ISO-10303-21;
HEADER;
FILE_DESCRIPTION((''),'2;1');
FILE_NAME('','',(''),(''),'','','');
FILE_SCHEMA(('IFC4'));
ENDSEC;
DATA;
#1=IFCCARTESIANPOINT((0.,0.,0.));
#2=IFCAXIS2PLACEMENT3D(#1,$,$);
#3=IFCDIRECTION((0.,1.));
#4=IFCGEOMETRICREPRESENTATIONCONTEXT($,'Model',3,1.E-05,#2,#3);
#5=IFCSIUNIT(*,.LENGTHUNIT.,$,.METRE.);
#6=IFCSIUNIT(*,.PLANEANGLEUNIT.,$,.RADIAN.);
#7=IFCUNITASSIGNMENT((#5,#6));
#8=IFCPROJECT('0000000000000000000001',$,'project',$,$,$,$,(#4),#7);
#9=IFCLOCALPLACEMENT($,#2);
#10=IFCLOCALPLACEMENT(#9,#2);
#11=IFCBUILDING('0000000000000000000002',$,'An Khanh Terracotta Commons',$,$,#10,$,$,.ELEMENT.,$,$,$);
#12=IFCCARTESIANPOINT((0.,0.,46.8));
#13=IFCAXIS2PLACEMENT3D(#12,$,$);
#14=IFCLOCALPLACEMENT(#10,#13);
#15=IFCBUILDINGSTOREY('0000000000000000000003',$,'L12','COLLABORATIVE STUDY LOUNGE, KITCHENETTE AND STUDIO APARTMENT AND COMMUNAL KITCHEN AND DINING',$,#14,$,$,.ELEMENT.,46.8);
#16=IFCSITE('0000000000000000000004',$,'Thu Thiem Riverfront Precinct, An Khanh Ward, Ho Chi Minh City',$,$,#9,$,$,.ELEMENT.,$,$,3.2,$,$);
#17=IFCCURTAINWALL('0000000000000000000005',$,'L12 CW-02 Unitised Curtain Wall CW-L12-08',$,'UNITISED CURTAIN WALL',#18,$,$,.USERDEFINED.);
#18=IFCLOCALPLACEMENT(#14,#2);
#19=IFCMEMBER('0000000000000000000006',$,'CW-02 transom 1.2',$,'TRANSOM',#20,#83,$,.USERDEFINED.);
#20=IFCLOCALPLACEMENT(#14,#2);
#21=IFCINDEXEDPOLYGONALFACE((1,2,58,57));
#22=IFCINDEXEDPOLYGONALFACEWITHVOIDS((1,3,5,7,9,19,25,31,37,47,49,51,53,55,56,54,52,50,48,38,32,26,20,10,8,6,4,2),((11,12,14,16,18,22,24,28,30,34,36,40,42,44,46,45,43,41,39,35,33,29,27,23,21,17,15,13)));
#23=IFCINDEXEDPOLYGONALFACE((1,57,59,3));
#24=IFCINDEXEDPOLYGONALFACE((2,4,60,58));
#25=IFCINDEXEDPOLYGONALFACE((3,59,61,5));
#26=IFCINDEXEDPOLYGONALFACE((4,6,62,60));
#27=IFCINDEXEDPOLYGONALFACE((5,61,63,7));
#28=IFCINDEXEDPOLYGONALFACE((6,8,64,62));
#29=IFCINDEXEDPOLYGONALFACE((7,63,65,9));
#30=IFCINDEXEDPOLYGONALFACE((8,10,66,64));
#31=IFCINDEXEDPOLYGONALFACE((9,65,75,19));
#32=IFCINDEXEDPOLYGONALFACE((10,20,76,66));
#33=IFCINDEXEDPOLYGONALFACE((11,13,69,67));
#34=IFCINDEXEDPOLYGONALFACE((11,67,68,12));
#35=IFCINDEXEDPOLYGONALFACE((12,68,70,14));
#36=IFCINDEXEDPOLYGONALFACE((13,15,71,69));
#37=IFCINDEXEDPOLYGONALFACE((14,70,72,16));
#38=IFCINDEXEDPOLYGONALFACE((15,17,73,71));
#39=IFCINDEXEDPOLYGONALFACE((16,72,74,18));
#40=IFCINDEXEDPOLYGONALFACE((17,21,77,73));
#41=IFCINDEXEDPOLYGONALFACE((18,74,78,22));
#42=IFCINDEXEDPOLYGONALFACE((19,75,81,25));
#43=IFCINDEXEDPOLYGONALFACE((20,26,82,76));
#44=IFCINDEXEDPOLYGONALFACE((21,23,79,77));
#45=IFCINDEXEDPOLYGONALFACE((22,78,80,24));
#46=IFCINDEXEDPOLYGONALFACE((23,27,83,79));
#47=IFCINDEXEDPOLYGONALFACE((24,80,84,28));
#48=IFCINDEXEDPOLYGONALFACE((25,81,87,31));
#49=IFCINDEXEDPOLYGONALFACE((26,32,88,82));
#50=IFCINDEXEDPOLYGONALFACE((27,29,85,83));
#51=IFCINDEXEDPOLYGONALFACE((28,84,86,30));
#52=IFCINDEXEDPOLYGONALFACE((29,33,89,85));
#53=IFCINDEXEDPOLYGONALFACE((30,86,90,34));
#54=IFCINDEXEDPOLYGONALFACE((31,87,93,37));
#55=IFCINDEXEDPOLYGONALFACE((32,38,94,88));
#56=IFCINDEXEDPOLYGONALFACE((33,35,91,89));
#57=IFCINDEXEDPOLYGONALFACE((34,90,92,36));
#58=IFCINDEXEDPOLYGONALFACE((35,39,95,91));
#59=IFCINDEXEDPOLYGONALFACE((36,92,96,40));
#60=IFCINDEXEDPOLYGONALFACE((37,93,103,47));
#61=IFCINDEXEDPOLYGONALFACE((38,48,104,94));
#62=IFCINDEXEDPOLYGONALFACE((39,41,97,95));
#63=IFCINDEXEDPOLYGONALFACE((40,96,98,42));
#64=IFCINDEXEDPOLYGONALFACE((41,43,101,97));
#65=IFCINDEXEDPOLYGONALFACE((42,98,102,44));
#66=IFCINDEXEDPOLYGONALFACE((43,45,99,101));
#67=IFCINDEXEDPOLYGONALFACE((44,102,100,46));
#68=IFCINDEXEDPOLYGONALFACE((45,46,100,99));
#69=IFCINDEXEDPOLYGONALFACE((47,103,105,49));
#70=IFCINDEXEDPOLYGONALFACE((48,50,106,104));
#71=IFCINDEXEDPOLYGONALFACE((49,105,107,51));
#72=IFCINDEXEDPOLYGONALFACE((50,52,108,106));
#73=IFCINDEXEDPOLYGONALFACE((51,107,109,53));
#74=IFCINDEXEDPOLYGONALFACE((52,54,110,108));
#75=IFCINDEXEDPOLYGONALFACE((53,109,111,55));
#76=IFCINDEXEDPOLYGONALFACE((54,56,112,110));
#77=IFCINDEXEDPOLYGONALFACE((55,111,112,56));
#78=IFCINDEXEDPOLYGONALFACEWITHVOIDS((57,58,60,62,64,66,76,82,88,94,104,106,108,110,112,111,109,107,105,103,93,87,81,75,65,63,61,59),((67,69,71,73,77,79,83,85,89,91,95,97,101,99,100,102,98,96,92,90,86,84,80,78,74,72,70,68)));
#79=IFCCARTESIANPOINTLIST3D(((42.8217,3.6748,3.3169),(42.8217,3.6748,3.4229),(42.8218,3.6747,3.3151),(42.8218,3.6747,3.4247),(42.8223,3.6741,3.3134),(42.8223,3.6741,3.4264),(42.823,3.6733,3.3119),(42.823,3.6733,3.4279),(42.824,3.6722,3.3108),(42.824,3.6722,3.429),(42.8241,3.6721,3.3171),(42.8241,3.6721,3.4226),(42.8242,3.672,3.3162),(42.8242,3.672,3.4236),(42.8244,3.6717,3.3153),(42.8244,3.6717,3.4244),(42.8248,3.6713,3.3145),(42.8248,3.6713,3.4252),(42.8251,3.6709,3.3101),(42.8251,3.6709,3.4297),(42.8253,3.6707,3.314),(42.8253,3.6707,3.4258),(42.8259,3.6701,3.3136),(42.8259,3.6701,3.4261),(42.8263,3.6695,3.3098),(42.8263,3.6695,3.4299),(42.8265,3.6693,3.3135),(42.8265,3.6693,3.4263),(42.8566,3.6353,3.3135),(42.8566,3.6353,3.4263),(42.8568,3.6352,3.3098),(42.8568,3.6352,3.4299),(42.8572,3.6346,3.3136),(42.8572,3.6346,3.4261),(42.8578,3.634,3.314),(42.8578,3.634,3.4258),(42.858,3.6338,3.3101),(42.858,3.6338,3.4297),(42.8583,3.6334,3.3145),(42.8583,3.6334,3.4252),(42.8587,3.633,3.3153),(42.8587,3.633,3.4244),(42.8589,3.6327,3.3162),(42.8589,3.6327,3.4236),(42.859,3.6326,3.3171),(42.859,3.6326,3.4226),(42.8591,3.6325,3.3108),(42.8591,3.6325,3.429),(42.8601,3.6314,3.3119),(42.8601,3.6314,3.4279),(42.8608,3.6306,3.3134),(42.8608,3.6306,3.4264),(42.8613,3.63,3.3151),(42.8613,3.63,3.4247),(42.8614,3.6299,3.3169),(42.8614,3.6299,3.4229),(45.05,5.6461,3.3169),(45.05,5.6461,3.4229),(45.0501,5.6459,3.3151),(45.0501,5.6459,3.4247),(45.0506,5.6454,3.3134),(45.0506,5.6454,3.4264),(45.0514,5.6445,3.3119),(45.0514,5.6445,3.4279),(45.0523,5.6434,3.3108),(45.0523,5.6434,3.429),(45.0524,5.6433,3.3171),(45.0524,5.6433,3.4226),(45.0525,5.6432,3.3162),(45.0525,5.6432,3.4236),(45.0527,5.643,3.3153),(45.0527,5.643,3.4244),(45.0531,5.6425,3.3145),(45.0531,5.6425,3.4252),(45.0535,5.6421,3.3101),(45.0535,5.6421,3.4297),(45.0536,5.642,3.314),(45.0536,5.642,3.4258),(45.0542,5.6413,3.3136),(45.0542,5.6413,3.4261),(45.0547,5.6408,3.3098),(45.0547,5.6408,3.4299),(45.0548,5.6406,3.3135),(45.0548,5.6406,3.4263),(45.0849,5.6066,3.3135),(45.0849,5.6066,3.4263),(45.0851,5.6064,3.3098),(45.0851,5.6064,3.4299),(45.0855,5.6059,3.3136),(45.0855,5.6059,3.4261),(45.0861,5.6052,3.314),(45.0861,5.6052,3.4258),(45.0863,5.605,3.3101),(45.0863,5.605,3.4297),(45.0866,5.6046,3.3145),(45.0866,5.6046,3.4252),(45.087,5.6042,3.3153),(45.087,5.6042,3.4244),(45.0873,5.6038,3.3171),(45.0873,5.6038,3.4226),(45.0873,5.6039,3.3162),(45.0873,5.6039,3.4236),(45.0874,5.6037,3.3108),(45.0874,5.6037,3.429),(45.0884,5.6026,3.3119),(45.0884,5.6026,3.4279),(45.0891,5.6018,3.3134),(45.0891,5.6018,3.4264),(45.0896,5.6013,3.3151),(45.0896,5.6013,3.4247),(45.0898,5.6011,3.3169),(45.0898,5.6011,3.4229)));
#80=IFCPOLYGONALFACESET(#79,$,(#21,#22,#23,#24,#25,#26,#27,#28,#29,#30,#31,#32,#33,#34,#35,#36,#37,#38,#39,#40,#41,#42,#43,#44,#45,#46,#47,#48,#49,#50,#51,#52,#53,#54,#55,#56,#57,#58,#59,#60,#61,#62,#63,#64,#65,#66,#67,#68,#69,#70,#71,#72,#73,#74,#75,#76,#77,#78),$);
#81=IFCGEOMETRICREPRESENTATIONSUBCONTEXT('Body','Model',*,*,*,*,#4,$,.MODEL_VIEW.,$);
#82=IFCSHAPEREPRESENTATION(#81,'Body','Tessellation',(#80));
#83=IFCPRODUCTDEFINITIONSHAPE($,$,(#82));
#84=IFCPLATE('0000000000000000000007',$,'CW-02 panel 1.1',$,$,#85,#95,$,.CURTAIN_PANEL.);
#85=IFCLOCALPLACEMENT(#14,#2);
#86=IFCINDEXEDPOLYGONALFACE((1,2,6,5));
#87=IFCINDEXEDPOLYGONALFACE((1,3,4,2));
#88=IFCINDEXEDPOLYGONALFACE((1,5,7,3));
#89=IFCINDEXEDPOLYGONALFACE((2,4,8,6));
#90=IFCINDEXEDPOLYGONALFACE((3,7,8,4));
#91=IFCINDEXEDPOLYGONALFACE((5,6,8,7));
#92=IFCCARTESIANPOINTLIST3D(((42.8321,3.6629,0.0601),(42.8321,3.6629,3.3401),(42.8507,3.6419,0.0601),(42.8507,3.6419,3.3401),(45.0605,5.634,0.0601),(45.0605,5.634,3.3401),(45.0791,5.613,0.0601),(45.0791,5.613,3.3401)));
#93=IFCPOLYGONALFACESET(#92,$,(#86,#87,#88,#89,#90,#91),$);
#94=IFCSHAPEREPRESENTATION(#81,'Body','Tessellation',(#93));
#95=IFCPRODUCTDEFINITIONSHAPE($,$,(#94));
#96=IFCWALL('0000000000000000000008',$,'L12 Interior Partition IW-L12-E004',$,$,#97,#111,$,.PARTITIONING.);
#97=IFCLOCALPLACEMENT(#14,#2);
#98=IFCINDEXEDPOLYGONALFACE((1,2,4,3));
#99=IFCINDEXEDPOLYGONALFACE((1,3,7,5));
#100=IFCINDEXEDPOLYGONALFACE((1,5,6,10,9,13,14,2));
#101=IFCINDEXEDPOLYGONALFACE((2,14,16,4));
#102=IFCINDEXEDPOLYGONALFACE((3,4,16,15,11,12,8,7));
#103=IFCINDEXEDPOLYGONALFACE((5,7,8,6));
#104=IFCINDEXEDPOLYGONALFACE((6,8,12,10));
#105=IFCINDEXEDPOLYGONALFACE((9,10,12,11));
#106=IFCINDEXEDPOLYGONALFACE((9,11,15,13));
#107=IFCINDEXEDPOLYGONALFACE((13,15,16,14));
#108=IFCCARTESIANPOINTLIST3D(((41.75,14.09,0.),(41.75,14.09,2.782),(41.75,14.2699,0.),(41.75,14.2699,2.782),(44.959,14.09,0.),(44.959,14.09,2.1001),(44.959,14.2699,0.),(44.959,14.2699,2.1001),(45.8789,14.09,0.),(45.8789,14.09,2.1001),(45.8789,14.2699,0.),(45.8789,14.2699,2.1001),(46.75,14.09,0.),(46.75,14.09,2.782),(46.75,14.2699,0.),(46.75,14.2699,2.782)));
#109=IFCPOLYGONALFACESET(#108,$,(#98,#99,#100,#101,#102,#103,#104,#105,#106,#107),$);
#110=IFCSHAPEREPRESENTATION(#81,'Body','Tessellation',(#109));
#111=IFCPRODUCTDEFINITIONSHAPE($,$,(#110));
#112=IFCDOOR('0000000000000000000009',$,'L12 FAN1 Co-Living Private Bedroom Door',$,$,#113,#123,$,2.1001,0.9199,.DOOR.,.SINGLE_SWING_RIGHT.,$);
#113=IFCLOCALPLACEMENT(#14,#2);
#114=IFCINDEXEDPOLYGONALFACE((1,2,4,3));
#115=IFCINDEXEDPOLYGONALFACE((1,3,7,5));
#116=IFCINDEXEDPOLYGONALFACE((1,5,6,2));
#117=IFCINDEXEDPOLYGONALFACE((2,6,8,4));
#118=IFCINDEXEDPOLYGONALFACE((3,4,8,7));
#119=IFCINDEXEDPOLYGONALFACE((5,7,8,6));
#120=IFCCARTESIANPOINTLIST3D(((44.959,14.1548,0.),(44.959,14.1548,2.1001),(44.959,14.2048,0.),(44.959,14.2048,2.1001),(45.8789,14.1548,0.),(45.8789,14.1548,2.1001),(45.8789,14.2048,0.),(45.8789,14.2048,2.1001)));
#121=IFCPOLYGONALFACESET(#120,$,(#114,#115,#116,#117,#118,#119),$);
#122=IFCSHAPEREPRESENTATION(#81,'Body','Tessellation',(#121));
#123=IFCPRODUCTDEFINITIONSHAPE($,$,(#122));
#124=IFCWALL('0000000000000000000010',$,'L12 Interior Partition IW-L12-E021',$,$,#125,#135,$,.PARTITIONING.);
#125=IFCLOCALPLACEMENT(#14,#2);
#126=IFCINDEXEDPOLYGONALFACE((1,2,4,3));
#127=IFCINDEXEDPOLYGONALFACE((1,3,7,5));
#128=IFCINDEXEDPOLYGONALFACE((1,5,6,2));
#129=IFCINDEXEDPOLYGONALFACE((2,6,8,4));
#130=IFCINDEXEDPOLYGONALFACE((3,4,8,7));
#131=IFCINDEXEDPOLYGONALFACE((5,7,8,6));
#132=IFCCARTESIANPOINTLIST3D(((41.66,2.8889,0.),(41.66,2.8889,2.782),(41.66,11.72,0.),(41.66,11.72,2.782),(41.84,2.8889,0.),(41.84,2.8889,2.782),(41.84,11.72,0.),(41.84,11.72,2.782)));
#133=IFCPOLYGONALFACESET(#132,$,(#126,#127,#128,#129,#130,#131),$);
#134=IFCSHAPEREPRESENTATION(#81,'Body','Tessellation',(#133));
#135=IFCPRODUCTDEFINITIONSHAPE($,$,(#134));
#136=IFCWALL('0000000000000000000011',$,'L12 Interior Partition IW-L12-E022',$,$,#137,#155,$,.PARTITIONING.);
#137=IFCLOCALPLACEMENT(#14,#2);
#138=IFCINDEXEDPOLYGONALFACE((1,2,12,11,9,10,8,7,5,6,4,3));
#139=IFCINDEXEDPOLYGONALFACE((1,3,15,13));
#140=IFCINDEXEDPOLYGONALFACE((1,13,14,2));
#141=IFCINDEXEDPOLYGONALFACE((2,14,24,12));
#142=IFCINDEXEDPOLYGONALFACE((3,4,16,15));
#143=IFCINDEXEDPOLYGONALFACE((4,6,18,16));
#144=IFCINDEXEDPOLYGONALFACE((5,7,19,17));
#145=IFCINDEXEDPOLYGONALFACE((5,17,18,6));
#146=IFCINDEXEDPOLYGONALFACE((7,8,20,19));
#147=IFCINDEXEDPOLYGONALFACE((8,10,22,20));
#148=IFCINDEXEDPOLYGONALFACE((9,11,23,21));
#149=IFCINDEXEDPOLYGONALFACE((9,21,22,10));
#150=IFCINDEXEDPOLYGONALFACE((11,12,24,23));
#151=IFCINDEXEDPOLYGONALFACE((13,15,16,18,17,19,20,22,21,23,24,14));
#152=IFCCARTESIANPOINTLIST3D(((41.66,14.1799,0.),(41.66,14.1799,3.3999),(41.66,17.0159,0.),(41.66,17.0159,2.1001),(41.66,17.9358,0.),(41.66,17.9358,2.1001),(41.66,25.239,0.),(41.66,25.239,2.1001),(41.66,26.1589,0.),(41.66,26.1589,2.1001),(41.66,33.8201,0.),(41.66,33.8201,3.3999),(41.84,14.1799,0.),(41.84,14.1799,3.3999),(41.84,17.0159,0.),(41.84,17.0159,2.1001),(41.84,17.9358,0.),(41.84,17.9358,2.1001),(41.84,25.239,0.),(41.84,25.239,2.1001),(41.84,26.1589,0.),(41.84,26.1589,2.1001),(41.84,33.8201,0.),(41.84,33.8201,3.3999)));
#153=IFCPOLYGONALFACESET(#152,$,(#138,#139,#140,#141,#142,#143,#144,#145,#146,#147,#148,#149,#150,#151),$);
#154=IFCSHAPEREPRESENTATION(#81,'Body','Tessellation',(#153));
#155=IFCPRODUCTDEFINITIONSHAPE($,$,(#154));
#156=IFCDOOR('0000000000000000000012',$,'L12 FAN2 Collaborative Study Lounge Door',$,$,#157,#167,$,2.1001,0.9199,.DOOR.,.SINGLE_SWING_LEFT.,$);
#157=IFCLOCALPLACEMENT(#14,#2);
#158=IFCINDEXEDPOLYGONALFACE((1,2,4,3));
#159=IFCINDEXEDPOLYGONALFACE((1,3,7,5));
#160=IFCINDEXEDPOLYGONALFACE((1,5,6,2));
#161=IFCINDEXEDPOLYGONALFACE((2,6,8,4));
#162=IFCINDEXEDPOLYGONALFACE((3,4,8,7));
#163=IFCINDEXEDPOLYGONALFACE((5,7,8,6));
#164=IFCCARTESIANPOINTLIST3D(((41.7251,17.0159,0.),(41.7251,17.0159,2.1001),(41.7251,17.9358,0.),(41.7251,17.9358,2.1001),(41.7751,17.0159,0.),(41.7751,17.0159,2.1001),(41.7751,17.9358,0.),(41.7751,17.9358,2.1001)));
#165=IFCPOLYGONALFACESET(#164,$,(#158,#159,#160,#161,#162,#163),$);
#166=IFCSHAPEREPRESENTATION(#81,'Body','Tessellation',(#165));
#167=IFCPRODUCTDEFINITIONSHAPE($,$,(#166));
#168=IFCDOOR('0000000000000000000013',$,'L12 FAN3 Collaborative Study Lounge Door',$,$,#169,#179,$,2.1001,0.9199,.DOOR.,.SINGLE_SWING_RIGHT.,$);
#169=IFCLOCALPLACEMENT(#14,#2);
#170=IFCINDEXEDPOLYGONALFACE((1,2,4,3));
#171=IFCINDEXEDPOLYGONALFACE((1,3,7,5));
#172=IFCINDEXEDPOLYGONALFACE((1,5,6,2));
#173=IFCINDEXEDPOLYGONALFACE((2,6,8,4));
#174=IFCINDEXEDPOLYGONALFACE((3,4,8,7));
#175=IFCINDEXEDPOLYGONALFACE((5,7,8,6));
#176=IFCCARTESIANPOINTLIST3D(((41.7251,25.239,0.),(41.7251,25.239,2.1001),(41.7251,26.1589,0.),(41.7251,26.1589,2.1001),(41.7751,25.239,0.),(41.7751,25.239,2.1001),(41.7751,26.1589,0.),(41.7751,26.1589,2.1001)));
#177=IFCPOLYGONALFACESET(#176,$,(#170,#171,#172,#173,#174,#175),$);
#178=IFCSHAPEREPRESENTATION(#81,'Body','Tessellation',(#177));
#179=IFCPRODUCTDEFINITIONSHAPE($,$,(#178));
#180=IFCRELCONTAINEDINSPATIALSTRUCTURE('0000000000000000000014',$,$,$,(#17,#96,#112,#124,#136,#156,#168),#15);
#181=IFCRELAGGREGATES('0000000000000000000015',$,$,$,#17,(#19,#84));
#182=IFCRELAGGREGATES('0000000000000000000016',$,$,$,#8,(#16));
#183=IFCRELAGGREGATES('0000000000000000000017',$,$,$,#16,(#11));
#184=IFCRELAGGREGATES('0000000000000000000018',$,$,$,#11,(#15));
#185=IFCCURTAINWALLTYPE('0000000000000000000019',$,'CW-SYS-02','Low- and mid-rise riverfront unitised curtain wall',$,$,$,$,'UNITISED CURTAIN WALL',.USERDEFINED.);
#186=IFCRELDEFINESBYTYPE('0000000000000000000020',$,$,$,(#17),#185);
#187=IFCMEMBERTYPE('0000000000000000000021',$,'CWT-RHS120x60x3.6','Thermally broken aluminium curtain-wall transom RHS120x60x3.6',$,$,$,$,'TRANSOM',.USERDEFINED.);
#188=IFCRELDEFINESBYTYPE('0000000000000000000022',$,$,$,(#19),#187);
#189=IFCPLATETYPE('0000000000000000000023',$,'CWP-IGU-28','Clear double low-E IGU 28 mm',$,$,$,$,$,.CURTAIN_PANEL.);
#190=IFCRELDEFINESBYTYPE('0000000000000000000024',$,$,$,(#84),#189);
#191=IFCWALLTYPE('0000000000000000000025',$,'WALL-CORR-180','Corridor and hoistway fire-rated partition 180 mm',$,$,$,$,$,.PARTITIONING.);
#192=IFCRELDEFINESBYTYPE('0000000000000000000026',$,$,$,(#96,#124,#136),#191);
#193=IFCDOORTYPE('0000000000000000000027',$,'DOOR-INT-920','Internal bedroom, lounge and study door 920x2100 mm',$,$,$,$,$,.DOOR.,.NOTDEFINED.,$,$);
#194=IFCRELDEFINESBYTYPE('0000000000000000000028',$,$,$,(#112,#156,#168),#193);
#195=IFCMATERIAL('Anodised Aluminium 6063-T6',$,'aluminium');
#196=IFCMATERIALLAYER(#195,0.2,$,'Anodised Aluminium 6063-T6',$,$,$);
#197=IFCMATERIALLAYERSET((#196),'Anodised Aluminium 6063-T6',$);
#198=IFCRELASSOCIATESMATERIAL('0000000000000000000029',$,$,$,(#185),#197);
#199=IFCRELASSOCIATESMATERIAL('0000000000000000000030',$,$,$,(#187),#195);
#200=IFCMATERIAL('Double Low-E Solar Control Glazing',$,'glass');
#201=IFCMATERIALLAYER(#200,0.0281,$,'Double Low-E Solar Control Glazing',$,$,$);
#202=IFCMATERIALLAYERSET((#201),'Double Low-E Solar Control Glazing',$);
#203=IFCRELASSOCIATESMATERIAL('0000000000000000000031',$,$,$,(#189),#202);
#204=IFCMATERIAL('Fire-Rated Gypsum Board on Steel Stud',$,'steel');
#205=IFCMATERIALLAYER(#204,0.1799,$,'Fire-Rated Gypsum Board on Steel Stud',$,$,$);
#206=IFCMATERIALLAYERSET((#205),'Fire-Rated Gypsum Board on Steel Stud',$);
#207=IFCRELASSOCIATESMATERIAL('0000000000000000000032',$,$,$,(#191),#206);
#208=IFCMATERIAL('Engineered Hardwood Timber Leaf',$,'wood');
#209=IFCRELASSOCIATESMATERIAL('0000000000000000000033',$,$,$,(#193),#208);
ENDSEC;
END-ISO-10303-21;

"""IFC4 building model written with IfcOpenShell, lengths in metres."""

from ifc_helpers import new_model, si_unit, direction, frame, frame_2d, origin, origin_2d, place, context, subcontext, project, spatial, rectangle, hollow_rectangle, extrude, material, layer, layer_set, material_profile, profile_set, type_object, element, fill, aggregate, save


model = new_model("IFC4")

# Units and contexts
model_context = context("Model", 3, precision=1e-05, world=origin(), true_north=direction((0.0, 1.0)))
body_context = subcontext(model_context, "Body", "Model", "MODEL_VIEW")
ifc_project = project(units=[si_unit("LENGTHUNIT", "METRE"), si_unit("PLANEANGLEUNIT", "RADIAN")], contexts=[model_context])

# Site, building, storey
site_placement = place(None, origin())
site = spatial("IfcSite", under=ifc_project, at=site_placement, Name="Thu Thiem Riverfront Precinct, An Khanh Ward, Ho Chi Minh City", CompositionType="ELEMENT", RefElevation=3.2)
building_placement = place(site_placement, origin())
building = spatial("IfcBuilding", under=site, at=building_placement, Name="An Khanh Terracotta Commons", CompositionType="ELEMENT")
storey_placement = place(building_placement, frame((0.0, 0.0, 46.8)))
storey = spatial("IfcBuildingStorey", under=building, at=storey_placement, Name="L12", Description="COLLABORATIVE STUDY LOUNGE, KITCHENETTE AND STUDIO APARTMENT AND COMMUNAL KITCHEN AND DINING", CompositionType="ELEMENT", Elevation=46.8)

# Curtain wall, member, plate
ifc_material_1 = material(Name="Anodised Aluminium 6063-T6", Category="aluminium")
ifc_layer_1 = layer(ifc_material_1, 0.2, Name="Anodised Aluminium 6063-T6")
ifc_layer_set_1 = layer_set([ifc_layer_1], Name="Anodised Aluminium 6063-T6")
curtain_wall_type = type_object("IfcCurtainWallType", Name="CW-SYS-02", Description="Low- and mid-rise riverfront unitised curtain wall", ElementType="UNITISED CURTAIN WALL", PredefinedType="USERDEFINED", material=ifc_layer_set_1)
curtain_wall_placement = place(storey_placement, origin())
curtain_wall = element("IfcCurtainWall", 1, at=curtain_wall_placement, inside=storey, type_object=curtain_wall_type, Name="L12 CW-02 Unitised Curtain Wall CW-L12-08", ObjectType="UNITISED CURTAIN WALL", PredefinedType="USERDEFINED")
ifc_material_profile_1 = material_profile(ifc_material_1, hollow_rectangle(XDim=0.0601, YDim=0.1201, WallThickness=0.0037, InnerFilletRadius=0.0037, OuterFilletRadius=0.0071, at=origin_2d()), Name="RHS120x60x3.6")
ifc_profile_set_1 = profile_set([ifc_material_profile_1], Name="Anodised Aluminium 6063-T6")
member_type_1 = type_object("IfcMemberType", Name="CWT-RHS120x60x3.6", Description="Thermally broken aluminium curtain-wall transom RHS120x60x3.6", ElementType="TRANSOM", PredefinedType="USERDEFINED", material=ifc_profile_set_1)
member_1_placement = place(storey_placement, frame((42.8416, 3.6523, 3.3699), z_axis=(0.748992, 0.662579, 0.0), x_axis=(-0.662579, 0.748992, 0.0)))
member_1 = element("IfcMember", 2, at=member_1_placement, type_object=member_type_1, Name="CW-02 transom 1.2", ObjectType="TRANSOM", PredefinedType="USERDEFINED", context=body_context, shape_type="SweptSolid", body=[
    extrude(hollow_rectangle(XDim=0.0601, YDim=0.1201, WallThickness=0.0037, InnerFilletRadius=0.0037, OuterFilletRadius=0.0071, at=origin_2d()), origin(), (0.0, 0.0, 1.0), 2.9751),
])
ifc_material_2 = material(Name="Double Low-E Solar Control Glazing", Category="glass")
ifc_layer_2 = layer(ifc_material_2, 0.0281, Name="Double Low-E Solar Control Glazing")
ifc_layer_set_2 = layer_set([ifc_layer_2], Name="Double Low-E Solar Control Glazing")
plate_type = type_object("IfcPlateType", Name="CWP-IGU-28", Description="Clear double low-E IGU 28 mm", PredefinedType="CURTAIN_PANEL", material=ifc_layer_set_2)
plate_placement = place(storey_placement, frame((43.9556, 4.6379, 0.0601), z_axis=(0.0, 0.0, 1.0), x_axis=(0.749019, 0.662548, 0.0)))
plate = element("IfcPlate", 3, at=plate_placement, type_object=plate_type, Name="CW-02 panel 1.1", PredefinedType="CURTAIN_PANEL", context=body_context, shape_type="SweptSolid", body=[
    extrude(rectangle(XDim=2.9751, YDim=0.0281, at=origin_2d()), origin(), (0.0, 0.0, 1.0), 3.28),
])
aggregate(curtain_wall, [member_1, plate])

# Wall, opening, door
ifc_material_3 = material(Name="Fire-Rated Gypsum Board on Steel Stud", Category="steel")
ifc_layer_3 = layer(ifc_material_3, 0.1799, Name="Fire-Rated Gypsum Board on Steel Stud")
ifc_layer_set_3 = layer_set([ifc_layer_3], Name="Fire-Rated Gypsum Board on Steel Stud")
wall_type_1 = type_object("IfcWallType", Name="WALL-CORR-180", Description="Corridor and hoistway fire-rated partition 180 mm", PredefinedType="PARTITIONING", material=ifc_layer_set_3)
wall_1_placement = place(storey_placement, frame((41.75, 14.1799, 0.0), z_axis=(0.0, 0.0, 1.0), x_axis=(1.0, 0.0, 0.0)))
wall_1 = element("IfcWall", 4, at=wall_1_placement, inside=storey, type_object=wall_type_1, Name="L12 Interior Partition IW-L12-E004", PredefinedType="PARTITIONING", context=body_context, shape_type="SweptSolid", body=[
    extrude(rectangle(XDim=5.0, YDim=0.1799, at=frame_2d((2.5, 0.0))), origin(), (0.0, 0.0, 1.0), 2.782),
])
opening_1_placement = place(wall_1_placement, frame((3.209, 0.0, 0.0)))
opening_1 = element("IfcOpeningElement", 5, at=opening_1_placement, cuts=wall_1, PredefinedType="OPENING", context=body_context, shape_type="SweptSolid", body=[
    extrude(rectangle(XDim=0.9199, YDim=2.1001, at=frame_2d((0.46, 1.05))), frame((0.0, 0.0999, 0.0), z_axis=(0.0, -1.0, 0.0), x_axis=(1.0, 0.0, 0.0)), (0.0, 0.0, 1.0), 0.2),
])
ifc_material_4 = material(Name="Engineered Hardwood Timber Leaf", Category="wood")
door_type = type_object("IfcDoorType", Name="DOOR-INT-920", Description="Internal bedroom, lounge and study door 920x2100 mm", OperationType="NOTDEFINED", PredefinedType="DOOR", material=ifc_material_4)
door_1_placement = place(opening_1_placement, origin())
door_1 = element("IfcDoor", 6, at=door_1_placement, inside=storey, type_object=door_type, Name="L12 FAN1 Co-Living Private Bedroom Door", OperationType="SINGLE_SWING_RIGHT", OverallHeight=2.1001, OverallWidth=0.9199, PredefinedType="DOOR", context=body_context, shape_type="SweptSolid", body=[
    extrude(rectangle(XDim=0.9199, YDim=2.1001, at=frame_2d((0.46, 1.05))), frame((0.0, 0.0249, 0.0), z_axis=(0.0, -1.0, 0.0), x_axis=(1.0, 0.0, 0.0)), (0.0, 0.0, 1.0), 0.05),
])
fill(opening_1, door_1)

# Wall
wall_2_placement = place(storey_placement, frame((41.75, 2.8889, 0.0), z_axis=(0.0, 0.0, 1.0), x_axis=(0.0, 1.0, 0.0)))
element("IfcWall", 7, at=wall_2_placement, inside=storey, type_object=wall_type_1, Name="L12 Interior Partition IW-L12-E021", PredefinedType="PARTITIONING", context=body_context, shape_type="SweptSolid", body=[
    extrude(rectangle(XDim=8.8311, YDim=0.1799, at=frame_2d((4.4155, 0.0))), origin(), (0.0, 0.0, 1.0), 2.782),
])

# Wall, openings, doors
wall_3_placement = place(storey_placement, frame((41.75, 14.1799, 0.0), z_axis=(0.0, 0.0, 1.0), x_axis=(0.0, 1.0, 0.0)))
wall_3 = element("IfcWall", 8, at=wall_3_placement, inside=storey, type_object=wall_type_1, Name="L12 Interior Partition IW-L12-E022", PredefinedType="PARTITIONING", context=body_context, shape_type="SweptSolid", body=[
    extrude(rectangle(XDim=19.6401, YDim=0.1799, at=frame_2d((9.8201, 0.0))), origin(), (0.0, 0.0, 1.0), 3.3999),
])
opening_2_placement = place(wall_3_placement, frame((2.8359, 0.0, 0.0)))
opening_2 = element("IfcOpeningElement", 9, at=opening_2_placement, cuts=wall_3, PredefinedType="OPENING", context=body_context, shape_type="SweptSolid", body=[
    extrude(rectangle(XDim=0.9199, YDim=2.1001, at=frame_2d((0.46, 1.05))), frame((0.0, 0.0999, 0.0), z_axis=(0.0, -1.0, 0.0), x_axis=(1.0, 0.0, 0.0)), (0.0, 0.0, 1.0), 0.2),
])
opening_3_placement = place(wall_3_placement, frame((11.0591, 0.0, 0.0)))
opening_3 = element("IfcOpeningElement", 10, at=opening_3_placement, cuts=wall_3, PredefinedType="OPENING", context=body_context, shape_type="SweptSolid", body=[
    extrude(rectangle(XDim=0.9199, YDim=2.1001, at=frame_2d((0.46, 1.05))), frame((0.0, 0.0999, 0.0), z_axis=(0.0, -1.0, 0.0), x_axis=(1.0, 0.0, 0.0)), (0.0, 0.0, 1.0), 0.2),
])
door_2_placement = place(opening_2_placement, origin())
door_2 = element("IfcDoor", 11, at=door_2_placement, inside=storey, type_object=door_type, Name="L12 FAN2 Collaborative Study Lounge Door", OperationType="SINGLE_SWING_LEFT", OverallHeight=2.1001, OverallWidth=0.9199, PredefinedType="DOOR", context=body_context, shape_type="SweptSolid", body=[
    extrude(rectangle(XDim=0.9199, YDim=2.1001, at=frame_2d((0.46, 1.05))), frame((0.0, 0.0249, 0.0), z_axis=(0.0, -1.0, 0.0), x_axis=(1.0, 0.0, 0.0)), (0.0, 0.0, 1.0), 0.05),
])
fill(opening_2, door_2)
door_3_placement = place(opening_3_placement, origin())
door_3 = element("IfcDoor", 12, at=door_3_placement, inside=storey, type_object=door_type, Name="L12 FAN3 Collaborative Study Lounge Door", OperationType="SINGLE_SWING_RIGHT", OverallHeight=2.1001, OverallWidth=0.9199, PredefinedType="DOOR", context=body_context, shape_type="SweptSolid", body=[
    extrude(rectangle(XDim=0.9199, YDim=2.1001, at=frame_2d((0.46, 1.05))), frame((0.0, 0.0249, 0.0), z_axis=(0.0, -1.0, 0.0), x_axis=(1.0, 0.0, 0.0)), (0.0, 0.0, 1.0), 0.05),
])
fill(opening_3, door_3)

save(model, "model.ifc")
